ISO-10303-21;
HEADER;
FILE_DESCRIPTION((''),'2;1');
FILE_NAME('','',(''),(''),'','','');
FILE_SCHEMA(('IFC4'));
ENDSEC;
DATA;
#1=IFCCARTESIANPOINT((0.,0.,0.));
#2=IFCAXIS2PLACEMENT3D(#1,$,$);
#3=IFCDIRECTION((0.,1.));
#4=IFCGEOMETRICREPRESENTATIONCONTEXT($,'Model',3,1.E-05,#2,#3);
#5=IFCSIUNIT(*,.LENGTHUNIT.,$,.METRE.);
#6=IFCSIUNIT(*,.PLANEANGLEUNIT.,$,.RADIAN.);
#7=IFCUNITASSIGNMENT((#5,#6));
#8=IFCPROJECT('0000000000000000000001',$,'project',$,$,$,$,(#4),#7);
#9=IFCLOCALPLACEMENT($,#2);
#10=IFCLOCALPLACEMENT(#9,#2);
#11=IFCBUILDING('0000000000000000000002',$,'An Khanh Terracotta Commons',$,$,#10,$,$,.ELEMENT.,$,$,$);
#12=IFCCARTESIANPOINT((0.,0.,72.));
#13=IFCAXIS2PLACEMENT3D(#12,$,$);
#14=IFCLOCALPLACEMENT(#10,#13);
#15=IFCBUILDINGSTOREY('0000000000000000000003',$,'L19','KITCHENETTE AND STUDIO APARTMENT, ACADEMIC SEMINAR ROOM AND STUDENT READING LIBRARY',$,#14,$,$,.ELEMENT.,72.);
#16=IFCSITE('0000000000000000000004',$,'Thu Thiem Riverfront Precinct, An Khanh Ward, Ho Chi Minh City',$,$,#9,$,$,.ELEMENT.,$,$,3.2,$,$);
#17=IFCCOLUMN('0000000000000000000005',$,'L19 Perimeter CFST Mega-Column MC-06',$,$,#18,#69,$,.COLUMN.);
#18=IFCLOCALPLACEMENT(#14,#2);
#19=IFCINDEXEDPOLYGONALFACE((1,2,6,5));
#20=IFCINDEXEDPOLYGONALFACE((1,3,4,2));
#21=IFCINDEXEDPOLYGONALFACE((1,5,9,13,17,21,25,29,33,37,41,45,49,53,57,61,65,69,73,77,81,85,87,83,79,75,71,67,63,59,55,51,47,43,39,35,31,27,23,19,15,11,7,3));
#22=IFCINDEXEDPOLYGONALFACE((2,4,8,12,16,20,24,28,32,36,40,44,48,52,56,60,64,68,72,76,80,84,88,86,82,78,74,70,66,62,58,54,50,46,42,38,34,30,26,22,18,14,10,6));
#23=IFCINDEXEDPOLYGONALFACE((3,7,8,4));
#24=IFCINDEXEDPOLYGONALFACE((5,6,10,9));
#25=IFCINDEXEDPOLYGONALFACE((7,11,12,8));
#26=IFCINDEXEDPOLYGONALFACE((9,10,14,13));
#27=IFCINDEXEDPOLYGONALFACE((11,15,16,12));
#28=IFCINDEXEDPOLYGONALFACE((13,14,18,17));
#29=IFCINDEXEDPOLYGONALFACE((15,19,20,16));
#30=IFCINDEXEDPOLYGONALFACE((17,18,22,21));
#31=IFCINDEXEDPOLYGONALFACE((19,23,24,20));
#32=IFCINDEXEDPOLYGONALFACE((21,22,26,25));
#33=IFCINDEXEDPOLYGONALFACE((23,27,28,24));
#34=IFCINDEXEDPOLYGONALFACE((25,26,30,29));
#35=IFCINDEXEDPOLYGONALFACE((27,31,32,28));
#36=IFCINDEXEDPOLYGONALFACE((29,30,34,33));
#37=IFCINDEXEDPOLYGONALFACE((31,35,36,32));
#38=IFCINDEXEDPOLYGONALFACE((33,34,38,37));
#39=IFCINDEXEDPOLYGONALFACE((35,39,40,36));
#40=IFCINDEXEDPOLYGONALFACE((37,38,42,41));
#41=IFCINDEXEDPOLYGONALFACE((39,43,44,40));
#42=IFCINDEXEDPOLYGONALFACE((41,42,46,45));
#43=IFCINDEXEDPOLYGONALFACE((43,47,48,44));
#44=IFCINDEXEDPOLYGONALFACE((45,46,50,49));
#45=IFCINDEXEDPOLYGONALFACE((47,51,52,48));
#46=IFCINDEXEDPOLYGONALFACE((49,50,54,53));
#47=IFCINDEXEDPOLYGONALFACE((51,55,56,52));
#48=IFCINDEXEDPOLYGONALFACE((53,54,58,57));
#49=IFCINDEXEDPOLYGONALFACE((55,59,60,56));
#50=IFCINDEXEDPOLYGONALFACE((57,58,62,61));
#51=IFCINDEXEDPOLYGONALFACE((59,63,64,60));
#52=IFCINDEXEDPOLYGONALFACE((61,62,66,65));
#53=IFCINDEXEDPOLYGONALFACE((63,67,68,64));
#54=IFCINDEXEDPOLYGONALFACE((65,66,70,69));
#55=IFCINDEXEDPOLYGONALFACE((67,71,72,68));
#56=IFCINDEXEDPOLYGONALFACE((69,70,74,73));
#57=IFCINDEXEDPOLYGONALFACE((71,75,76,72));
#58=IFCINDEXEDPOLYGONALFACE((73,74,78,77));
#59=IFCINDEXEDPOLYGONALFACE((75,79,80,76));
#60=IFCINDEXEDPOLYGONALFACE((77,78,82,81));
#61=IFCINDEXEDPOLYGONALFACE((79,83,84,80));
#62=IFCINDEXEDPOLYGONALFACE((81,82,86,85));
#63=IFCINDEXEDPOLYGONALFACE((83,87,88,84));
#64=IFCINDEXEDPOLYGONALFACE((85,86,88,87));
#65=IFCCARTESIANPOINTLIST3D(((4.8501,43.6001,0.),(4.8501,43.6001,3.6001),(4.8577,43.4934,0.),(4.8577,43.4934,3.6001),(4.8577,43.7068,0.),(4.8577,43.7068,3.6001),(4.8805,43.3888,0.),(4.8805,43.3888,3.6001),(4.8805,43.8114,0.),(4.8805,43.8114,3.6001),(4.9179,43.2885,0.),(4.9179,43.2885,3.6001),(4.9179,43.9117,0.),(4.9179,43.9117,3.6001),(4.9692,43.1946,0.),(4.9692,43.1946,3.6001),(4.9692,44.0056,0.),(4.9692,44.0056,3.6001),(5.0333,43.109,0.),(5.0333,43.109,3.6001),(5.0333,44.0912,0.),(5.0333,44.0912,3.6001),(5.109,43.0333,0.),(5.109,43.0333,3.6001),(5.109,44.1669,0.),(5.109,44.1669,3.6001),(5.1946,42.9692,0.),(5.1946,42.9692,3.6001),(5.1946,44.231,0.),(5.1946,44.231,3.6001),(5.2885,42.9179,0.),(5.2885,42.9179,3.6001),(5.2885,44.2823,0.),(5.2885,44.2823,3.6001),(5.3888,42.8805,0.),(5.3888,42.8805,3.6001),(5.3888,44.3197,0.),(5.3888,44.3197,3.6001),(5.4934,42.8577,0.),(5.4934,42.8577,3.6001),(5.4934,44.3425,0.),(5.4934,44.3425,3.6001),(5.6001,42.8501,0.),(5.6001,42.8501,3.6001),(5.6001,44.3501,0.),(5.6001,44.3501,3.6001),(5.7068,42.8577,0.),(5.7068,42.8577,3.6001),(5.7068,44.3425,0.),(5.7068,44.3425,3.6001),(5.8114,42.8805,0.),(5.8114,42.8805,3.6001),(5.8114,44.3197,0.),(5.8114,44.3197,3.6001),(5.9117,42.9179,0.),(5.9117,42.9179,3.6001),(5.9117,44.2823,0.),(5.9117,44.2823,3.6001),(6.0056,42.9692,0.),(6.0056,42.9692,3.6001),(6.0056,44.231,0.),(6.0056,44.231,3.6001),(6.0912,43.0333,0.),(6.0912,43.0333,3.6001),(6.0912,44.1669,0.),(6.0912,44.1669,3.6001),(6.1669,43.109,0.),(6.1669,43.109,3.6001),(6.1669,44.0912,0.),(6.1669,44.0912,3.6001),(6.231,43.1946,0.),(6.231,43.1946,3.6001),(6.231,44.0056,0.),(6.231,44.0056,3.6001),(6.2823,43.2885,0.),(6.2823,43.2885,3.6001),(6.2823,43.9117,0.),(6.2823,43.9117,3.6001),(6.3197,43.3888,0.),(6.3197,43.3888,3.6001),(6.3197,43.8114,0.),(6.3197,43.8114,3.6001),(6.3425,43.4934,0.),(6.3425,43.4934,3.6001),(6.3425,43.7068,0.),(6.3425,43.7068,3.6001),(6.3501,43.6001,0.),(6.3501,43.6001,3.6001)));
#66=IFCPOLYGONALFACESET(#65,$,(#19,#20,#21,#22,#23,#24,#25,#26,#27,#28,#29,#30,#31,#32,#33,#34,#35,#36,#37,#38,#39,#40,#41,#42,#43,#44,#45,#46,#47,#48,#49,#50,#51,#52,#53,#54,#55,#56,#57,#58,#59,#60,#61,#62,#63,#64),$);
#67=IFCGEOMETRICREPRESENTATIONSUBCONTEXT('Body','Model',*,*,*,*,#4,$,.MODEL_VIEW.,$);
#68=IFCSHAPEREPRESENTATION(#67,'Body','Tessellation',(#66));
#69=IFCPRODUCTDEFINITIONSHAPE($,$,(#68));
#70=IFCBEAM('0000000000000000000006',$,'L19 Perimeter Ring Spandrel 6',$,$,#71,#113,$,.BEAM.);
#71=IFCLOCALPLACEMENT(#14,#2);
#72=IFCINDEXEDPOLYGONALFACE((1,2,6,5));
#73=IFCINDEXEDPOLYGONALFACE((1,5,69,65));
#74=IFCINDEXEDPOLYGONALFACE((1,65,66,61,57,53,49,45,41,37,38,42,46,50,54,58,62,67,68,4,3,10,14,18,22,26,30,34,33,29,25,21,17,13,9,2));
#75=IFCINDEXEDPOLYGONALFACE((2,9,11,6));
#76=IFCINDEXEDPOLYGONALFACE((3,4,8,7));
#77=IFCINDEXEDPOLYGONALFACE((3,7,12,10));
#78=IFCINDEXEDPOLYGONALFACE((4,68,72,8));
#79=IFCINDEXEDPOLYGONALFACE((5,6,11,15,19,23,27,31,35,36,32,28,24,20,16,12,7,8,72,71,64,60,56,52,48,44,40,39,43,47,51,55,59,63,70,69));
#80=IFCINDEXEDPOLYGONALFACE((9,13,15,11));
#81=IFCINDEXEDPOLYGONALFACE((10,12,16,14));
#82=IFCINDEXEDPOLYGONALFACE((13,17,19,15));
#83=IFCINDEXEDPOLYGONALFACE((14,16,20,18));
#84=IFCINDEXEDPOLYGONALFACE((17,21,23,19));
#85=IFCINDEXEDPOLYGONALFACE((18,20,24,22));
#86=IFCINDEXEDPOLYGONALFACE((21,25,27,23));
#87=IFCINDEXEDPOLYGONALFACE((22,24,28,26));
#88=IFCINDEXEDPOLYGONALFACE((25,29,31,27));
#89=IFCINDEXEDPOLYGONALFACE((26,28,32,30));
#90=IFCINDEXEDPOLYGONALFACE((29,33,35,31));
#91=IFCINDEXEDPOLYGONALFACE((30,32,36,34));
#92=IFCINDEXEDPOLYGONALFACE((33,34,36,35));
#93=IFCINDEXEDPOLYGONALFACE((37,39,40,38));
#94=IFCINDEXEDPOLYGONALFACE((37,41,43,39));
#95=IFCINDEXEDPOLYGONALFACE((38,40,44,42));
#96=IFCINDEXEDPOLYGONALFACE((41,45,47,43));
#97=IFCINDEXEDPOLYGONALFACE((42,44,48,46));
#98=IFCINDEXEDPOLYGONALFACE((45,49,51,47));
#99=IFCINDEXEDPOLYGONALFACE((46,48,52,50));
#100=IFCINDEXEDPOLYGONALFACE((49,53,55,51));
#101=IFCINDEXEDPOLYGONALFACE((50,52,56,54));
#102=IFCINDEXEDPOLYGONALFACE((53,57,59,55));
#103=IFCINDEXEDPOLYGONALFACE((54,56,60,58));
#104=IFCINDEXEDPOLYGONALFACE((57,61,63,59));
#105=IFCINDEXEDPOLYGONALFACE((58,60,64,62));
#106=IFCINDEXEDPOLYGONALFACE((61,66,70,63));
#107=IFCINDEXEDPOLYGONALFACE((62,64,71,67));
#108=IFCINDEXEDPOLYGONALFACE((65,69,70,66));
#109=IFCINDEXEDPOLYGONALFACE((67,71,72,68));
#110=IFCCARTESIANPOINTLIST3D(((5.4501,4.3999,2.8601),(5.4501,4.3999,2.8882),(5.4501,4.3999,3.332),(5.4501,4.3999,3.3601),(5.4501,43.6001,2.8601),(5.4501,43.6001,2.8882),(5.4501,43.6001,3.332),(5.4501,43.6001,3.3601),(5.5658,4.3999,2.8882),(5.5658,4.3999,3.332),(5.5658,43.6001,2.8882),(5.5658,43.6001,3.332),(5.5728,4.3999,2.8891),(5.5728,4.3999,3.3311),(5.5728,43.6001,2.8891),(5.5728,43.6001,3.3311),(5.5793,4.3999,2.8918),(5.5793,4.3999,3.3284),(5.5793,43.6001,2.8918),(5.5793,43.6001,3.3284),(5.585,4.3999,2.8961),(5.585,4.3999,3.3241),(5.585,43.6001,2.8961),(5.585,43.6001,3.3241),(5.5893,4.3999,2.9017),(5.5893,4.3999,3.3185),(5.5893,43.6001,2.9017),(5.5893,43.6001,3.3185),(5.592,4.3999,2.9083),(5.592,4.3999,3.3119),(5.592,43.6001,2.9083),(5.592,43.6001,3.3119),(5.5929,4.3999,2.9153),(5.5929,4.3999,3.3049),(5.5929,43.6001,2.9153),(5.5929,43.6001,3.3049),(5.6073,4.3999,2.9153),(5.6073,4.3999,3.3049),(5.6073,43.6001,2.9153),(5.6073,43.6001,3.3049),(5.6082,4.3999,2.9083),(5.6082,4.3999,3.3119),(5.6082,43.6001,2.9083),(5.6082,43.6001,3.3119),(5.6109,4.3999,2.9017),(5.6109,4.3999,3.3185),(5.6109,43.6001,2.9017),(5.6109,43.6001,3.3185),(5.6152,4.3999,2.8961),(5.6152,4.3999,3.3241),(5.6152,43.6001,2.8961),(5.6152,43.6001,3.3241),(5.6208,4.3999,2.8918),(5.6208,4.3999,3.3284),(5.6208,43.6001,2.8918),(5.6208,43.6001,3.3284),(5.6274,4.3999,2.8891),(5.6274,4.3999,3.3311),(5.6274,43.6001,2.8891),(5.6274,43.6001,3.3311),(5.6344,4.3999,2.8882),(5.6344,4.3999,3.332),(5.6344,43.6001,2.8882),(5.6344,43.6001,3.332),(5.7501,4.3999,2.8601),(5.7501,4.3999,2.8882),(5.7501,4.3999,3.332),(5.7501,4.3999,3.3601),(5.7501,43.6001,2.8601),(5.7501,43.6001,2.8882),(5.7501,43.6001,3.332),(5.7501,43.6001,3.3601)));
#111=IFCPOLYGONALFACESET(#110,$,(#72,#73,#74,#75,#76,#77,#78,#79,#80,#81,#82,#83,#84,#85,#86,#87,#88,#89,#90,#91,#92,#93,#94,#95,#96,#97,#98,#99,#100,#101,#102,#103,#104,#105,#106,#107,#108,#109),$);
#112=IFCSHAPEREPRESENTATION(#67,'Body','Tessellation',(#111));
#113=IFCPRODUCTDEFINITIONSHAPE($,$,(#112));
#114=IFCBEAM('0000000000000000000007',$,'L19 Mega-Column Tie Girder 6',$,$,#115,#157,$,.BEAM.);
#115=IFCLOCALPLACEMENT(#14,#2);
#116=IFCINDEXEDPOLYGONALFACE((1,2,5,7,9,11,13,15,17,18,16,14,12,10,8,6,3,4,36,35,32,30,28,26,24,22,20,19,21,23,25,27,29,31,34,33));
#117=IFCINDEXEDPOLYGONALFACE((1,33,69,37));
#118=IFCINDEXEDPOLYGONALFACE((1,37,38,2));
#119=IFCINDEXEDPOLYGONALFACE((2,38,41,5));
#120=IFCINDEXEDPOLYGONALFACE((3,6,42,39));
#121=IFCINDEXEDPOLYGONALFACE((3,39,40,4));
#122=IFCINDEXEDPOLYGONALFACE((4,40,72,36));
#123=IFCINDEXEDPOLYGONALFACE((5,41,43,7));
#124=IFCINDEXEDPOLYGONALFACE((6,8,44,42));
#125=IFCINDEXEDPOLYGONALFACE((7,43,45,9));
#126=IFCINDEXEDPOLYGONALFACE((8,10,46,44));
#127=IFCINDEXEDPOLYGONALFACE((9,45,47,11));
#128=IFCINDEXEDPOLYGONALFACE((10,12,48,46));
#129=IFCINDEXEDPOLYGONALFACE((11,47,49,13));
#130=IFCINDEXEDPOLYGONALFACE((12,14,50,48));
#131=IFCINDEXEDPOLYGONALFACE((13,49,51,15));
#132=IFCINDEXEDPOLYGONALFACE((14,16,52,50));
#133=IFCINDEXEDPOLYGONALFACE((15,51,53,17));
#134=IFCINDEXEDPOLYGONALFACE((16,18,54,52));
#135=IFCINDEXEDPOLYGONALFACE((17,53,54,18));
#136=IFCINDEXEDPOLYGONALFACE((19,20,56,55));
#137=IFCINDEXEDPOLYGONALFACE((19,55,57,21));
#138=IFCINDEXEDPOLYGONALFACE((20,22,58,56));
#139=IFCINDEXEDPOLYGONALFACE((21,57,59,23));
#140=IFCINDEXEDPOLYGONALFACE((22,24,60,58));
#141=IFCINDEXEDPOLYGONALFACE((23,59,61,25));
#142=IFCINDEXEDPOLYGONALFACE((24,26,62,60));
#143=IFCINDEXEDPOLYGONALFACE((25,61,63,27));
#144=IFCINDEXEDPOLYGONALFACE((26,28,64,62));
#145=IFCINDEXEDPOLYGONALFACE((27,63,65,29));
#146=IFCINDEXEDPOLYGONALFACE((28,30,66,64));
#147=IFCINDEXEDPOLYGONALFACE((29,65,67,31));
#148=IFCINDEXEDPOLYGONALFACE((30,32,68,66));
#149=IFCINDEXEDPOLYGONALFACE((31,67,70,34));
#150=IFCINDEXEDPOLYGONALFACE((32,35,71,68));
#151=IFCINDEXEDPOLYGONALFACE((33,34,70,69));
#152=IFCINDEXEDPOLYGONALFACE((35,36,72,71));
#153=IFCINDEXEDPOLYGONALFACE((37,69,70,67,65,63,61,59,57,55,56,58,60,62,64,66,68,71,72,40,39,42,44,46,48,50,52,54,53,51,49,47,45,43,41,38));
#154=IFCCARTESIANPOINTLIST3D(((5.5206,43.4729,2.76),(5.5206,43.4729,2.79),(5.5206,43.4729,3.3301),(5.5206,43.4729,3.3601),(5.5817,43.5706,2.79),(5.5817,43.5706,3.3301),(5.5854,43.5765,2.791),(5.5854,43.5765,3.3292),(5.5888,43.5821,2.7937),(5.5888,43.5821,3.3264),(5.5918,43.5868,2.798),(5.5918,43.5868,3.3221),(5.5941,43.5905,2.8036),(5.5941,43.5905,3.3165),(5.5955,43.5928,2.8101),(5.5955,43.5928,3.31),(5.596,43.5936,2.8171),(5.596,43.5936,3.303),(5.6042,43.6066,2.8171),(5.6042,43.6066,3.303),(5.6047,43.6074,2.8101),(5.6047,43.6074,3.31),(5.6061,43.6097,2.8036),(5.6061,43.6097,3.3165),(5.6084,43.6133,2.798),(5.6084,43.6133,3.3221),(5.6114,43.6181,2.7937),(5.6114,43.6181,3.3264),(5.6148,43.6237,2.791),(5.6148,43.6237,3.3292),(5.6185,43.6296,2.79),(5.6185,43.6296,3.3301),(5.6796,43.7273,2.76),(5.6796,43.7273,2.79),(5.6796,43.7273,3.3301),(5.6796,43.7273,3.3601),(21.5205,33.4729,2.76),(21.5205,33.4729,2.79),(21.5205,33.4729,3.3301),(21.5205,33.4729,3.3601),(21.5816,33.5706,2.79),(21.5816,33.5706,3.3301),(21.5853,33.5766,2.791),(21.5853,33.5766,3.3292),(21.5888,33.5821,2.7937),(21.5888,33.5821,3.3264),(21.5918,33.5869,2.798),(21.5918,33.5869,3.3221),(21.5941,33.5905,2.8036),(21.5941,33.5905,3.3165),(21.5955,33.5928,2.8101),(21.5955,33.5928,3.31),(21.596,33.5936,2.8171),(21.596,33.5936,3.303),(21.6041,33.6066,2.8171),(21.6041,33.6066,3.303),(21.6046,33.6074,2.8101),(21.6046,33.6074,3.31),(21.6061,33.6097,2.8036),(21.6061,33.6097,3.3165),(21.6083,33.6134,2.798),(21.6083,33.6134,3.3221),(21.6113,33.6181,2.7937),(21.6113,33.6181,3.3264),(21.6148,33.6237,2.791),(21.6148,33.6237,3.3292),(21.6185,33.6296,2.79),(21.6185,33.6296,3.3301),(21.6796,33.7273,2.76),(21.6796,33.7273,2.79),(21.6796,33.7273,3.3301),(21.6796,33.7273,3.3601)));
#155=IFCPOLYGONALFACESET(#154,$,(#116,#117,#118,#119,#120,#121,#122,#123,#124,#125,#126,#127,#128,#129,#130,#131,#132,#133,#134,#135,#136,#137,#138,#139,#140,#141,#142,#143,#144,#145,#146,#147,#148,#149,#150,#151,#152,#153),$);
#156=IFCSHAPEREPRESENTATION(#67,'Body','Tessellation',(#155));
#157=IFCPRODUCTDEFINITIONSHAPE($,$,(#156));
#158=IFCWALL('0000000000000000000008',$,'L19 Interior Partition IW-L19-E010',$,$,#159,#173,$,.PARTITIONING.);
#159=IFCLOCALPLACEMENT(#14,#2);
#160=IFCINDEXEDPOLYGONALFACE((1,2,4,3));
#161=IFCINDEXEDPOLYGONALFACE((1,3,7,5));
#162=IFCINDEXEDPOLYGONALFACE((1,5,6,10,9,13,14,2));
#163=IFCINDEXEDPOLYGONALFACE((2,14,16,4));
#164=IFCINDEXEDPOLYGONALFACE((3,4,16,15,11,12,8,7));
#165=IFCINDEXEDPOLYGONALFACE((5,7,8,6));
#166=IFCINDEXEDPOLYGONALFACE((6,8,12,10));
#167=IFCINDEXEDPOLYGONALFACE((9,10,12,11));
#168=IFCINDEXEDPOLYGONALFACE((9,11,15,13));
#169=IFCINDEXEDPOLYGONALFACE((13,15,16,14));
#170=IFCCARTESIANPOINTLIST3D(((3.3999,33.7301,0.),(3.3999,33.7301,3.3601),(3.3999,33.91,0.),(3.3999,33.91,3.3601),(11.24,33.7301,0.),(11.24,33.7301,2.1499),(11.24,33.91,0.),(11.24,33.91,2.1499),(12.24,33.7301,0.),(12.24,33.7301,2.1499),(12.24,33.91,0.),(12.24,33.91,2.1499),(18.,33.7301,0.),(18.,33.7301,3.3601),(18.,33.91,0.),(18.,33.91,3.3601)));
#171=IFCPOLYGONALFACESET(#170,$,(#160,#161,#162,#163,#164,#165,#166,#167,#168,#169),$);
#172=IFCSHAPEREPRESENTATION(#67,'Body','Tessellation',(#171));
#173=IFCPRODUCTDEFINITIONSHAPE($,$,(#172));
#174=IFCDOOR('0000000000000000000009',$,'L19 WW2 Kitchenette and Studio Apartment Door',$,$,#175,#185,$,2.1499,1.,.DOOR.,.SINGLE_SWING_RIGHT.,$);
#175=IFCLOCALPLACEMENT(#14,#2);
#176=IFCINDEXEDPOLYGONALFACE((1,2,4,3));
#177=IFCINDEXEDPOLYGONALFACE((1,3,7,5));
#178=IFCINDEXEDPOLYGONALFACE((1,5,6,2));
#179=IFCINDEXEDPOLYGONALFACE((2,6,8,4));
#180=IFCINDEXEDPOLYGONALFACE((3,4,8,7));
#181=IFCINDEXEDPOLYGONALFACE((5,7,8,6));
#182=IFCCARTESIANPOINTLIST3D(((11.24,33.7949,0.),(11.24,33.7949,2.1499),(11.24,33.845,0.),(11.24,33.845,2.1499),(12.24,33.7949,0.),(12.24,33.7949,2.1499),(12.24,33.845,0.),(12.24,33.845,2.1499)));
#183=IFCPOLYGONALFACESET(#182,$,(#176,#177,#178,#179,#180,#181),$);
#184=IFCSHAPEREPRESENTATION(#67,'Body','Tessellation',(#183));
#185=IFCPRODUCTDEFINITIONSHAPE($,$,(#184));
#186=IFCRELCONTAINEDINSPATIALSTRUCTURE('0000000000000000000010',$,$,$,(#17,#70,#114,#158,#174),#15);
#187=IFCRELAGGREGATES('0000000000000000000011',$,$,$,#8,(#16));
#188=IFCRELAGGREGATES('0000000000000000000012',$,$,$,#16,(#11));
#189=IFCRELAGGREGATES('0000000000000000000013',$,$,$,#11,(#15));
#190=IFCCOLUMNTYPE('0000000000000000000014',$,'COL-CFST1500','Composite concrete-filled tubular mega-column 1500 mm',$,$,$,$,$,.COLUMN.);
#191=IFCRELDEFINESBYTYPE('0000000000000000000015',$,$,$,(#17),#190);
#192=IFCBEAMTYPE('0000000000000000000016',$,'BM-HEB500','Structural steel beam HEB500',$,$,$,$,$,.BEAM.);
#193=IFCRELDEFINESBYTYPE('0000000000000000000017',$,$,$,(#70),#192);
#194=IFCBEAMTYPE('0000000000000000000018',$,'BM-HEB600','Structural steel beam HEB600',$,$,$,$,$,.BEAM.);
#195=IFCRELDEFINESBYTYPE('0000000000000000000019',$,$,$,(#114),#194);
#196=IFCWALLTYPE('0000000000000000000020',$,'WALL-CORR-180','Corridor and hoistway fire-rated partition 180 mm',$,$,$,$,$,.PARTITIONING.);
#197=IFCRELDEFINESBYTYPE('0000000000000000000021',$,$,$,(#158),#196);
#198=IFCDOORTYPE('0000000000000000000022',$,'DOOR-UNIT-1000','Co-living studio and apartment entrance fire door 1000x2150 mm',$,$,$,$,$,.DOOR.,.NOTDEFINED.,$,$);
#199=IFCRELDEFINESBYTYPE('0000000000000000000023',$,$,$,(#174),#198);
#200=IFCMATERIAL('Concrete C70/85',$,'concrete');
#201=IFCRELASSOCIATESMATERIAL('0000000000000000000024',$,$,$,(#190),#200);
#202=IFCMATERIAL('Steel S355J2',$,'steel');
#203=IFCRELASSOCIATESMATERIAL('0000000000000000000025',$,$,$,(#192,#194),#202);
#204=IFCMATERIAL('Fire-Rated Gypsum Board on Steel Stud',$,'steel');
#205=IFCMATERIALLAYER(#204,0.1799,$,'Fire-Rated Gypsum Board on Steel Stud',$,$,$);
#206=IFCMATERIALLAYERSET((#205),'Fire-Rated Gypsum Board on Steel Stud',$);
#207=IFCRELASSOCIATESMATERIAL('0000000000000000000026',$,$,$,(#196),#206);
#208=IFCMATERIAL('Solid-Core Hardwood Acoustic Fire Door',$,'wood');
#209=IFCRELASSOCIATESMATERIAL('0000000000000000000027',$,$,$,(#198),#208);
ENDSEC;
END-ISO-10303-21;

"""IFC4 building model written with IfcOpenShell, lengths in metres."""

from ifc_helpers import new_model, si_unit, direction, frame, frame_2d, origin, origin_2d, place, context, subcontext, project, spatial, rectangle, circle, i_section, extrude, material, layer, layer_set, material_profile, profile_set, type_object, element, fill, save


model = new_model("IFC4")

# Units and contexts
model_context = context("Model", 3, precision=1e-05, world=origin(), true_north=direction((0.0, 1.0)))
body_context = subcontext(model_context, "Body", "Model", "MODEL_VIEW")
ifc_project = project(units=[si_unit("LENGTHUNIT", "METRE"), si_unit("PLANEANGLEUNIT", "RADIAN")], contexts=[model_context])

# Site, building, storey
site_placement = place(None, origin())
site = spatial("IfcSite", under=ifc_project, at=site_placement, Name="Thu Thiem Riverfront Precinct, An Khanh Ward, Ho Chi Minh City", CompositionType="ELEMENT", RefElevation=3.2)
building_placement = place(site_placement, origin())
building = spatial("IfcBuilding", under=site, at=building_placement, Name="An Khanh Terracotta Commons", CompositionType="ELEMENT")
storey_placement = place(building_placement, frame((0.0, 0.0, 72.0)))
storey = spatial("IfcBuildingStorey", under=building, at=storey_placement, Name="L19", Description="KITCHENETTE AND STUDIO APARTMENT, ACADEMIC SEMINAR ROOM AND STUDENT READING LIBRARY", CompositionType="ELEMENT", Elevation=72.0)

# Column
ifc_material_1 = material(Name="Concrete C70/85", Category="concrete")
ifc_material_profile_1 = material_profile(ifc_material_1, circle(Radius=0.75, at=origin_2d()), Name="CFST1500")
ifc_profile_set_1 = profile_set([ifc_material_profile_1], Name="Concrete C70/85")
column_type = type_object("IfcColumnType", Name="COL-CFST1500", Description="Composite concrete-filled tubular mega-column 1500 mm", PredefinedType="COLUMN", material=ifc_profile_set_1)
column_placement = place(storey_placement, frame((5.6001, 43.6001, 0.0), z_axis=(0.0, 0.0, 1.0), x_axis=(1.0, 0.0, 0.0)))
element("IfcColumn", 1, at=column_placement, inside=storey, type_object=column_type, Name="L19 Perimeter CFST Mega-Column MC-06", PredefinedType="COLUMN", context=body_context, shape_type="SweptSolid", body=[
    extrude(circle(Radius=0.75, at=origin_2d()), origin(), (0.0, 0.0, 1.0), 3.6001),
])

# Beams
ifc_material_2 = material(Name="Steel S355J2", Category="steel")
ifc_material_profile_2 = material_profile(ifc_material_2, i_section(OverallWidth=0.3, OverallDepth=0.5, WebThickness=0.0144, FlangeThickness=0.0281, FilletRadius=0.0271, at=origin_2d()), Name="HEB500")
ifc_profile_set_2 = profile_set([ifc_material_profile_2], Name="Steel S355J2")
beam_type_1 = type_object("IfcBeamType", Name="BM-HEB500", Description="Structural steel beam HEB500", PredefinedType="BEAM", material=ifc_profile_set_2)
beam_1_placement = place(storey_placement, frame((5.6001, 43.6001, 3.1101), z_axis=(0.0, -1.0, 0.0), x_axis=(1.0, 0.0, 0.0)))
element("IfcBeam", 2, at=beam_1_placement, inside=storey, type_object=beam_type_1, Name="L19 Perimeter Ring Spandrel 6", PredefinedType="BEAM", context=body_context, shape_type="SweptSolid", body=[
    extrude(i_section(OverallWidth=0.3, OverallDepth=0.5, WebThickness=0.0144, FlangeThickness=0.0281, FilletRadius=0.0271, at=origin_2d()), origin(), (0.0, 0.0, 1.0), 39.2002),
])
ifc_material_profile_3 = material_profile(ifc_material_2, i_section(OverallWidth=0.3, OverallDepth=0.6001, WebThickness=0.0154, FlangeThickness=0.03, FilletRadius=0.0271, at=origin_2d()), Name="HEB600")
ifc_profile_set_3 = profile_set([ifc_material_profile_3], Name="Steel S355J2")
beam_type_2 = type_object("IfcBeamType", Name="BM-HEB600", Description="Structural steel beam HEB600", PredefinedType="BEAM", material=ifc_profile_set_3)
beam_2_placement = place(storey_placement, frame((5.6001, 43.6001, 3.0601), z_axis=(0.847998, -0.529999, 0.0), x_axis=(0.529999, 0.847998, 0.0)))
element("IfcBeam", 3, at=beam_2_placement, inside=storey, type_object=beam_type_2, Name="L19 Mega-Column Tie Girder 6", PredefinedType="BEAM", context=body_context, shape_type="SweptSolid", body=[
    extrude(i_section(OverallWidth=0.3, OverallDepth=0.6001, WebThickness=0.0154, FlangeThickness=0.03, FilletRadius=0.0271, at=origin_2d()), origin(), (0.0, 0.0, 1.0), 18.8679),
])

# Wall, opening, door
ifc_material_3 = material(Name="Fire-Rated Gypsum Board on Steel Stud", Category="steel")
ifc_layer_1 = layer(ifc_material_3, 0.1799, Name="Fire-Rated Gypsum Board on Steel Stud")
ifc_layer_set_1 = layer_set([ifc_layer_1], Name="Fire-Rated Gypsum Board on Steel Stud")
wall_type_1 = type_object("IfcWallType", Name="WALL-CORR-180", Description="Corridor and hoistway fire-rated partition 180 mm", PredefinedType="PARTITIONING", material=ifc_layer_set_1)
wall_1_placement = place(storey_placement, frame((3.3999, 33.8201, 0.0), z_axis=(0.0, 0.0, 1.0), x_axis=(1.0, 0.0, 0.0)))
wall_1 = element("IfcWall", 4, at=wall_1_placement, inside=storey, type_object=wall_type_1, Name="L19 Interior Partition IW-L19-E010", PredefinedType="PARTITIONING", context=body_context, shape_type="SweptSolid", body=[
    extrude(rectangle(XDim=14.6001, YDim=0.1799, at=frame_2d((7.3, 0.0))), origin(), (0.0, 0.0, 1.0), 3.3601),
])
opening_1_placement = place(wall_1_placement, frame((7.8401, 0.0, 0.0)))
opening_1 = element("IfcOpeningElement", 5, at=opening_1_placement, cuts=wall_1, PredefinedType="OPENING", context=body_context, shape_type="SweptSolid", body=[
    extrude(rectangle(XDim=1.0, YDim=2.1499, at=frame_2d((0.5, 1.075))), frame((0.0, 0.0999, 0.0), z_axis=(0.0, -1.0, 0.0), x_axis=(1.0, 0.0, 0.0)), (0.0, 0.0, 1.0), 0.2),
])
ifc_material_4 = material(Name="Solid-Core Hardwood Acoustic Fire Door", Category="wood")
door_type_1 = type_object("IfcDoorType", Name="DOOR-UNIT-1000", Description="Co-living studio and apartment entrance fire door 1000x2150 mm", OperationType="NOTDEFINED", PredefinedType="DOOR", material=ifc_material_4)
door_1_placement = place(opening_1_placement, origin())
door_1 = element("IfcDoor", 6, at=door_1_placement, inside=storey, type_object=door_type_1, Name="L19 WW2 Kitchenette and Studio Apartment Door", OperationType="SINGLE_SWING_RIGHT", OverallHeight=2.1499, OverallWidth=1.0, PredefinedType="DOOR", context=body_context, shape_type="SweptSolid", body=[
    extrude(rectangle(XDim=1.0, YDim=2.1499, at=frame_2d((0.5, 1.075))), frame((0.0, 0.0249, 0.0), z_axis=(0.0, -1.0, 0.0), x_axis=(1.0, 0.0, 0.0)), (0.0, 0.0, 1.0), 0.05),
])
fill(opening_1, door_1)

save(model, "model.ifc")
